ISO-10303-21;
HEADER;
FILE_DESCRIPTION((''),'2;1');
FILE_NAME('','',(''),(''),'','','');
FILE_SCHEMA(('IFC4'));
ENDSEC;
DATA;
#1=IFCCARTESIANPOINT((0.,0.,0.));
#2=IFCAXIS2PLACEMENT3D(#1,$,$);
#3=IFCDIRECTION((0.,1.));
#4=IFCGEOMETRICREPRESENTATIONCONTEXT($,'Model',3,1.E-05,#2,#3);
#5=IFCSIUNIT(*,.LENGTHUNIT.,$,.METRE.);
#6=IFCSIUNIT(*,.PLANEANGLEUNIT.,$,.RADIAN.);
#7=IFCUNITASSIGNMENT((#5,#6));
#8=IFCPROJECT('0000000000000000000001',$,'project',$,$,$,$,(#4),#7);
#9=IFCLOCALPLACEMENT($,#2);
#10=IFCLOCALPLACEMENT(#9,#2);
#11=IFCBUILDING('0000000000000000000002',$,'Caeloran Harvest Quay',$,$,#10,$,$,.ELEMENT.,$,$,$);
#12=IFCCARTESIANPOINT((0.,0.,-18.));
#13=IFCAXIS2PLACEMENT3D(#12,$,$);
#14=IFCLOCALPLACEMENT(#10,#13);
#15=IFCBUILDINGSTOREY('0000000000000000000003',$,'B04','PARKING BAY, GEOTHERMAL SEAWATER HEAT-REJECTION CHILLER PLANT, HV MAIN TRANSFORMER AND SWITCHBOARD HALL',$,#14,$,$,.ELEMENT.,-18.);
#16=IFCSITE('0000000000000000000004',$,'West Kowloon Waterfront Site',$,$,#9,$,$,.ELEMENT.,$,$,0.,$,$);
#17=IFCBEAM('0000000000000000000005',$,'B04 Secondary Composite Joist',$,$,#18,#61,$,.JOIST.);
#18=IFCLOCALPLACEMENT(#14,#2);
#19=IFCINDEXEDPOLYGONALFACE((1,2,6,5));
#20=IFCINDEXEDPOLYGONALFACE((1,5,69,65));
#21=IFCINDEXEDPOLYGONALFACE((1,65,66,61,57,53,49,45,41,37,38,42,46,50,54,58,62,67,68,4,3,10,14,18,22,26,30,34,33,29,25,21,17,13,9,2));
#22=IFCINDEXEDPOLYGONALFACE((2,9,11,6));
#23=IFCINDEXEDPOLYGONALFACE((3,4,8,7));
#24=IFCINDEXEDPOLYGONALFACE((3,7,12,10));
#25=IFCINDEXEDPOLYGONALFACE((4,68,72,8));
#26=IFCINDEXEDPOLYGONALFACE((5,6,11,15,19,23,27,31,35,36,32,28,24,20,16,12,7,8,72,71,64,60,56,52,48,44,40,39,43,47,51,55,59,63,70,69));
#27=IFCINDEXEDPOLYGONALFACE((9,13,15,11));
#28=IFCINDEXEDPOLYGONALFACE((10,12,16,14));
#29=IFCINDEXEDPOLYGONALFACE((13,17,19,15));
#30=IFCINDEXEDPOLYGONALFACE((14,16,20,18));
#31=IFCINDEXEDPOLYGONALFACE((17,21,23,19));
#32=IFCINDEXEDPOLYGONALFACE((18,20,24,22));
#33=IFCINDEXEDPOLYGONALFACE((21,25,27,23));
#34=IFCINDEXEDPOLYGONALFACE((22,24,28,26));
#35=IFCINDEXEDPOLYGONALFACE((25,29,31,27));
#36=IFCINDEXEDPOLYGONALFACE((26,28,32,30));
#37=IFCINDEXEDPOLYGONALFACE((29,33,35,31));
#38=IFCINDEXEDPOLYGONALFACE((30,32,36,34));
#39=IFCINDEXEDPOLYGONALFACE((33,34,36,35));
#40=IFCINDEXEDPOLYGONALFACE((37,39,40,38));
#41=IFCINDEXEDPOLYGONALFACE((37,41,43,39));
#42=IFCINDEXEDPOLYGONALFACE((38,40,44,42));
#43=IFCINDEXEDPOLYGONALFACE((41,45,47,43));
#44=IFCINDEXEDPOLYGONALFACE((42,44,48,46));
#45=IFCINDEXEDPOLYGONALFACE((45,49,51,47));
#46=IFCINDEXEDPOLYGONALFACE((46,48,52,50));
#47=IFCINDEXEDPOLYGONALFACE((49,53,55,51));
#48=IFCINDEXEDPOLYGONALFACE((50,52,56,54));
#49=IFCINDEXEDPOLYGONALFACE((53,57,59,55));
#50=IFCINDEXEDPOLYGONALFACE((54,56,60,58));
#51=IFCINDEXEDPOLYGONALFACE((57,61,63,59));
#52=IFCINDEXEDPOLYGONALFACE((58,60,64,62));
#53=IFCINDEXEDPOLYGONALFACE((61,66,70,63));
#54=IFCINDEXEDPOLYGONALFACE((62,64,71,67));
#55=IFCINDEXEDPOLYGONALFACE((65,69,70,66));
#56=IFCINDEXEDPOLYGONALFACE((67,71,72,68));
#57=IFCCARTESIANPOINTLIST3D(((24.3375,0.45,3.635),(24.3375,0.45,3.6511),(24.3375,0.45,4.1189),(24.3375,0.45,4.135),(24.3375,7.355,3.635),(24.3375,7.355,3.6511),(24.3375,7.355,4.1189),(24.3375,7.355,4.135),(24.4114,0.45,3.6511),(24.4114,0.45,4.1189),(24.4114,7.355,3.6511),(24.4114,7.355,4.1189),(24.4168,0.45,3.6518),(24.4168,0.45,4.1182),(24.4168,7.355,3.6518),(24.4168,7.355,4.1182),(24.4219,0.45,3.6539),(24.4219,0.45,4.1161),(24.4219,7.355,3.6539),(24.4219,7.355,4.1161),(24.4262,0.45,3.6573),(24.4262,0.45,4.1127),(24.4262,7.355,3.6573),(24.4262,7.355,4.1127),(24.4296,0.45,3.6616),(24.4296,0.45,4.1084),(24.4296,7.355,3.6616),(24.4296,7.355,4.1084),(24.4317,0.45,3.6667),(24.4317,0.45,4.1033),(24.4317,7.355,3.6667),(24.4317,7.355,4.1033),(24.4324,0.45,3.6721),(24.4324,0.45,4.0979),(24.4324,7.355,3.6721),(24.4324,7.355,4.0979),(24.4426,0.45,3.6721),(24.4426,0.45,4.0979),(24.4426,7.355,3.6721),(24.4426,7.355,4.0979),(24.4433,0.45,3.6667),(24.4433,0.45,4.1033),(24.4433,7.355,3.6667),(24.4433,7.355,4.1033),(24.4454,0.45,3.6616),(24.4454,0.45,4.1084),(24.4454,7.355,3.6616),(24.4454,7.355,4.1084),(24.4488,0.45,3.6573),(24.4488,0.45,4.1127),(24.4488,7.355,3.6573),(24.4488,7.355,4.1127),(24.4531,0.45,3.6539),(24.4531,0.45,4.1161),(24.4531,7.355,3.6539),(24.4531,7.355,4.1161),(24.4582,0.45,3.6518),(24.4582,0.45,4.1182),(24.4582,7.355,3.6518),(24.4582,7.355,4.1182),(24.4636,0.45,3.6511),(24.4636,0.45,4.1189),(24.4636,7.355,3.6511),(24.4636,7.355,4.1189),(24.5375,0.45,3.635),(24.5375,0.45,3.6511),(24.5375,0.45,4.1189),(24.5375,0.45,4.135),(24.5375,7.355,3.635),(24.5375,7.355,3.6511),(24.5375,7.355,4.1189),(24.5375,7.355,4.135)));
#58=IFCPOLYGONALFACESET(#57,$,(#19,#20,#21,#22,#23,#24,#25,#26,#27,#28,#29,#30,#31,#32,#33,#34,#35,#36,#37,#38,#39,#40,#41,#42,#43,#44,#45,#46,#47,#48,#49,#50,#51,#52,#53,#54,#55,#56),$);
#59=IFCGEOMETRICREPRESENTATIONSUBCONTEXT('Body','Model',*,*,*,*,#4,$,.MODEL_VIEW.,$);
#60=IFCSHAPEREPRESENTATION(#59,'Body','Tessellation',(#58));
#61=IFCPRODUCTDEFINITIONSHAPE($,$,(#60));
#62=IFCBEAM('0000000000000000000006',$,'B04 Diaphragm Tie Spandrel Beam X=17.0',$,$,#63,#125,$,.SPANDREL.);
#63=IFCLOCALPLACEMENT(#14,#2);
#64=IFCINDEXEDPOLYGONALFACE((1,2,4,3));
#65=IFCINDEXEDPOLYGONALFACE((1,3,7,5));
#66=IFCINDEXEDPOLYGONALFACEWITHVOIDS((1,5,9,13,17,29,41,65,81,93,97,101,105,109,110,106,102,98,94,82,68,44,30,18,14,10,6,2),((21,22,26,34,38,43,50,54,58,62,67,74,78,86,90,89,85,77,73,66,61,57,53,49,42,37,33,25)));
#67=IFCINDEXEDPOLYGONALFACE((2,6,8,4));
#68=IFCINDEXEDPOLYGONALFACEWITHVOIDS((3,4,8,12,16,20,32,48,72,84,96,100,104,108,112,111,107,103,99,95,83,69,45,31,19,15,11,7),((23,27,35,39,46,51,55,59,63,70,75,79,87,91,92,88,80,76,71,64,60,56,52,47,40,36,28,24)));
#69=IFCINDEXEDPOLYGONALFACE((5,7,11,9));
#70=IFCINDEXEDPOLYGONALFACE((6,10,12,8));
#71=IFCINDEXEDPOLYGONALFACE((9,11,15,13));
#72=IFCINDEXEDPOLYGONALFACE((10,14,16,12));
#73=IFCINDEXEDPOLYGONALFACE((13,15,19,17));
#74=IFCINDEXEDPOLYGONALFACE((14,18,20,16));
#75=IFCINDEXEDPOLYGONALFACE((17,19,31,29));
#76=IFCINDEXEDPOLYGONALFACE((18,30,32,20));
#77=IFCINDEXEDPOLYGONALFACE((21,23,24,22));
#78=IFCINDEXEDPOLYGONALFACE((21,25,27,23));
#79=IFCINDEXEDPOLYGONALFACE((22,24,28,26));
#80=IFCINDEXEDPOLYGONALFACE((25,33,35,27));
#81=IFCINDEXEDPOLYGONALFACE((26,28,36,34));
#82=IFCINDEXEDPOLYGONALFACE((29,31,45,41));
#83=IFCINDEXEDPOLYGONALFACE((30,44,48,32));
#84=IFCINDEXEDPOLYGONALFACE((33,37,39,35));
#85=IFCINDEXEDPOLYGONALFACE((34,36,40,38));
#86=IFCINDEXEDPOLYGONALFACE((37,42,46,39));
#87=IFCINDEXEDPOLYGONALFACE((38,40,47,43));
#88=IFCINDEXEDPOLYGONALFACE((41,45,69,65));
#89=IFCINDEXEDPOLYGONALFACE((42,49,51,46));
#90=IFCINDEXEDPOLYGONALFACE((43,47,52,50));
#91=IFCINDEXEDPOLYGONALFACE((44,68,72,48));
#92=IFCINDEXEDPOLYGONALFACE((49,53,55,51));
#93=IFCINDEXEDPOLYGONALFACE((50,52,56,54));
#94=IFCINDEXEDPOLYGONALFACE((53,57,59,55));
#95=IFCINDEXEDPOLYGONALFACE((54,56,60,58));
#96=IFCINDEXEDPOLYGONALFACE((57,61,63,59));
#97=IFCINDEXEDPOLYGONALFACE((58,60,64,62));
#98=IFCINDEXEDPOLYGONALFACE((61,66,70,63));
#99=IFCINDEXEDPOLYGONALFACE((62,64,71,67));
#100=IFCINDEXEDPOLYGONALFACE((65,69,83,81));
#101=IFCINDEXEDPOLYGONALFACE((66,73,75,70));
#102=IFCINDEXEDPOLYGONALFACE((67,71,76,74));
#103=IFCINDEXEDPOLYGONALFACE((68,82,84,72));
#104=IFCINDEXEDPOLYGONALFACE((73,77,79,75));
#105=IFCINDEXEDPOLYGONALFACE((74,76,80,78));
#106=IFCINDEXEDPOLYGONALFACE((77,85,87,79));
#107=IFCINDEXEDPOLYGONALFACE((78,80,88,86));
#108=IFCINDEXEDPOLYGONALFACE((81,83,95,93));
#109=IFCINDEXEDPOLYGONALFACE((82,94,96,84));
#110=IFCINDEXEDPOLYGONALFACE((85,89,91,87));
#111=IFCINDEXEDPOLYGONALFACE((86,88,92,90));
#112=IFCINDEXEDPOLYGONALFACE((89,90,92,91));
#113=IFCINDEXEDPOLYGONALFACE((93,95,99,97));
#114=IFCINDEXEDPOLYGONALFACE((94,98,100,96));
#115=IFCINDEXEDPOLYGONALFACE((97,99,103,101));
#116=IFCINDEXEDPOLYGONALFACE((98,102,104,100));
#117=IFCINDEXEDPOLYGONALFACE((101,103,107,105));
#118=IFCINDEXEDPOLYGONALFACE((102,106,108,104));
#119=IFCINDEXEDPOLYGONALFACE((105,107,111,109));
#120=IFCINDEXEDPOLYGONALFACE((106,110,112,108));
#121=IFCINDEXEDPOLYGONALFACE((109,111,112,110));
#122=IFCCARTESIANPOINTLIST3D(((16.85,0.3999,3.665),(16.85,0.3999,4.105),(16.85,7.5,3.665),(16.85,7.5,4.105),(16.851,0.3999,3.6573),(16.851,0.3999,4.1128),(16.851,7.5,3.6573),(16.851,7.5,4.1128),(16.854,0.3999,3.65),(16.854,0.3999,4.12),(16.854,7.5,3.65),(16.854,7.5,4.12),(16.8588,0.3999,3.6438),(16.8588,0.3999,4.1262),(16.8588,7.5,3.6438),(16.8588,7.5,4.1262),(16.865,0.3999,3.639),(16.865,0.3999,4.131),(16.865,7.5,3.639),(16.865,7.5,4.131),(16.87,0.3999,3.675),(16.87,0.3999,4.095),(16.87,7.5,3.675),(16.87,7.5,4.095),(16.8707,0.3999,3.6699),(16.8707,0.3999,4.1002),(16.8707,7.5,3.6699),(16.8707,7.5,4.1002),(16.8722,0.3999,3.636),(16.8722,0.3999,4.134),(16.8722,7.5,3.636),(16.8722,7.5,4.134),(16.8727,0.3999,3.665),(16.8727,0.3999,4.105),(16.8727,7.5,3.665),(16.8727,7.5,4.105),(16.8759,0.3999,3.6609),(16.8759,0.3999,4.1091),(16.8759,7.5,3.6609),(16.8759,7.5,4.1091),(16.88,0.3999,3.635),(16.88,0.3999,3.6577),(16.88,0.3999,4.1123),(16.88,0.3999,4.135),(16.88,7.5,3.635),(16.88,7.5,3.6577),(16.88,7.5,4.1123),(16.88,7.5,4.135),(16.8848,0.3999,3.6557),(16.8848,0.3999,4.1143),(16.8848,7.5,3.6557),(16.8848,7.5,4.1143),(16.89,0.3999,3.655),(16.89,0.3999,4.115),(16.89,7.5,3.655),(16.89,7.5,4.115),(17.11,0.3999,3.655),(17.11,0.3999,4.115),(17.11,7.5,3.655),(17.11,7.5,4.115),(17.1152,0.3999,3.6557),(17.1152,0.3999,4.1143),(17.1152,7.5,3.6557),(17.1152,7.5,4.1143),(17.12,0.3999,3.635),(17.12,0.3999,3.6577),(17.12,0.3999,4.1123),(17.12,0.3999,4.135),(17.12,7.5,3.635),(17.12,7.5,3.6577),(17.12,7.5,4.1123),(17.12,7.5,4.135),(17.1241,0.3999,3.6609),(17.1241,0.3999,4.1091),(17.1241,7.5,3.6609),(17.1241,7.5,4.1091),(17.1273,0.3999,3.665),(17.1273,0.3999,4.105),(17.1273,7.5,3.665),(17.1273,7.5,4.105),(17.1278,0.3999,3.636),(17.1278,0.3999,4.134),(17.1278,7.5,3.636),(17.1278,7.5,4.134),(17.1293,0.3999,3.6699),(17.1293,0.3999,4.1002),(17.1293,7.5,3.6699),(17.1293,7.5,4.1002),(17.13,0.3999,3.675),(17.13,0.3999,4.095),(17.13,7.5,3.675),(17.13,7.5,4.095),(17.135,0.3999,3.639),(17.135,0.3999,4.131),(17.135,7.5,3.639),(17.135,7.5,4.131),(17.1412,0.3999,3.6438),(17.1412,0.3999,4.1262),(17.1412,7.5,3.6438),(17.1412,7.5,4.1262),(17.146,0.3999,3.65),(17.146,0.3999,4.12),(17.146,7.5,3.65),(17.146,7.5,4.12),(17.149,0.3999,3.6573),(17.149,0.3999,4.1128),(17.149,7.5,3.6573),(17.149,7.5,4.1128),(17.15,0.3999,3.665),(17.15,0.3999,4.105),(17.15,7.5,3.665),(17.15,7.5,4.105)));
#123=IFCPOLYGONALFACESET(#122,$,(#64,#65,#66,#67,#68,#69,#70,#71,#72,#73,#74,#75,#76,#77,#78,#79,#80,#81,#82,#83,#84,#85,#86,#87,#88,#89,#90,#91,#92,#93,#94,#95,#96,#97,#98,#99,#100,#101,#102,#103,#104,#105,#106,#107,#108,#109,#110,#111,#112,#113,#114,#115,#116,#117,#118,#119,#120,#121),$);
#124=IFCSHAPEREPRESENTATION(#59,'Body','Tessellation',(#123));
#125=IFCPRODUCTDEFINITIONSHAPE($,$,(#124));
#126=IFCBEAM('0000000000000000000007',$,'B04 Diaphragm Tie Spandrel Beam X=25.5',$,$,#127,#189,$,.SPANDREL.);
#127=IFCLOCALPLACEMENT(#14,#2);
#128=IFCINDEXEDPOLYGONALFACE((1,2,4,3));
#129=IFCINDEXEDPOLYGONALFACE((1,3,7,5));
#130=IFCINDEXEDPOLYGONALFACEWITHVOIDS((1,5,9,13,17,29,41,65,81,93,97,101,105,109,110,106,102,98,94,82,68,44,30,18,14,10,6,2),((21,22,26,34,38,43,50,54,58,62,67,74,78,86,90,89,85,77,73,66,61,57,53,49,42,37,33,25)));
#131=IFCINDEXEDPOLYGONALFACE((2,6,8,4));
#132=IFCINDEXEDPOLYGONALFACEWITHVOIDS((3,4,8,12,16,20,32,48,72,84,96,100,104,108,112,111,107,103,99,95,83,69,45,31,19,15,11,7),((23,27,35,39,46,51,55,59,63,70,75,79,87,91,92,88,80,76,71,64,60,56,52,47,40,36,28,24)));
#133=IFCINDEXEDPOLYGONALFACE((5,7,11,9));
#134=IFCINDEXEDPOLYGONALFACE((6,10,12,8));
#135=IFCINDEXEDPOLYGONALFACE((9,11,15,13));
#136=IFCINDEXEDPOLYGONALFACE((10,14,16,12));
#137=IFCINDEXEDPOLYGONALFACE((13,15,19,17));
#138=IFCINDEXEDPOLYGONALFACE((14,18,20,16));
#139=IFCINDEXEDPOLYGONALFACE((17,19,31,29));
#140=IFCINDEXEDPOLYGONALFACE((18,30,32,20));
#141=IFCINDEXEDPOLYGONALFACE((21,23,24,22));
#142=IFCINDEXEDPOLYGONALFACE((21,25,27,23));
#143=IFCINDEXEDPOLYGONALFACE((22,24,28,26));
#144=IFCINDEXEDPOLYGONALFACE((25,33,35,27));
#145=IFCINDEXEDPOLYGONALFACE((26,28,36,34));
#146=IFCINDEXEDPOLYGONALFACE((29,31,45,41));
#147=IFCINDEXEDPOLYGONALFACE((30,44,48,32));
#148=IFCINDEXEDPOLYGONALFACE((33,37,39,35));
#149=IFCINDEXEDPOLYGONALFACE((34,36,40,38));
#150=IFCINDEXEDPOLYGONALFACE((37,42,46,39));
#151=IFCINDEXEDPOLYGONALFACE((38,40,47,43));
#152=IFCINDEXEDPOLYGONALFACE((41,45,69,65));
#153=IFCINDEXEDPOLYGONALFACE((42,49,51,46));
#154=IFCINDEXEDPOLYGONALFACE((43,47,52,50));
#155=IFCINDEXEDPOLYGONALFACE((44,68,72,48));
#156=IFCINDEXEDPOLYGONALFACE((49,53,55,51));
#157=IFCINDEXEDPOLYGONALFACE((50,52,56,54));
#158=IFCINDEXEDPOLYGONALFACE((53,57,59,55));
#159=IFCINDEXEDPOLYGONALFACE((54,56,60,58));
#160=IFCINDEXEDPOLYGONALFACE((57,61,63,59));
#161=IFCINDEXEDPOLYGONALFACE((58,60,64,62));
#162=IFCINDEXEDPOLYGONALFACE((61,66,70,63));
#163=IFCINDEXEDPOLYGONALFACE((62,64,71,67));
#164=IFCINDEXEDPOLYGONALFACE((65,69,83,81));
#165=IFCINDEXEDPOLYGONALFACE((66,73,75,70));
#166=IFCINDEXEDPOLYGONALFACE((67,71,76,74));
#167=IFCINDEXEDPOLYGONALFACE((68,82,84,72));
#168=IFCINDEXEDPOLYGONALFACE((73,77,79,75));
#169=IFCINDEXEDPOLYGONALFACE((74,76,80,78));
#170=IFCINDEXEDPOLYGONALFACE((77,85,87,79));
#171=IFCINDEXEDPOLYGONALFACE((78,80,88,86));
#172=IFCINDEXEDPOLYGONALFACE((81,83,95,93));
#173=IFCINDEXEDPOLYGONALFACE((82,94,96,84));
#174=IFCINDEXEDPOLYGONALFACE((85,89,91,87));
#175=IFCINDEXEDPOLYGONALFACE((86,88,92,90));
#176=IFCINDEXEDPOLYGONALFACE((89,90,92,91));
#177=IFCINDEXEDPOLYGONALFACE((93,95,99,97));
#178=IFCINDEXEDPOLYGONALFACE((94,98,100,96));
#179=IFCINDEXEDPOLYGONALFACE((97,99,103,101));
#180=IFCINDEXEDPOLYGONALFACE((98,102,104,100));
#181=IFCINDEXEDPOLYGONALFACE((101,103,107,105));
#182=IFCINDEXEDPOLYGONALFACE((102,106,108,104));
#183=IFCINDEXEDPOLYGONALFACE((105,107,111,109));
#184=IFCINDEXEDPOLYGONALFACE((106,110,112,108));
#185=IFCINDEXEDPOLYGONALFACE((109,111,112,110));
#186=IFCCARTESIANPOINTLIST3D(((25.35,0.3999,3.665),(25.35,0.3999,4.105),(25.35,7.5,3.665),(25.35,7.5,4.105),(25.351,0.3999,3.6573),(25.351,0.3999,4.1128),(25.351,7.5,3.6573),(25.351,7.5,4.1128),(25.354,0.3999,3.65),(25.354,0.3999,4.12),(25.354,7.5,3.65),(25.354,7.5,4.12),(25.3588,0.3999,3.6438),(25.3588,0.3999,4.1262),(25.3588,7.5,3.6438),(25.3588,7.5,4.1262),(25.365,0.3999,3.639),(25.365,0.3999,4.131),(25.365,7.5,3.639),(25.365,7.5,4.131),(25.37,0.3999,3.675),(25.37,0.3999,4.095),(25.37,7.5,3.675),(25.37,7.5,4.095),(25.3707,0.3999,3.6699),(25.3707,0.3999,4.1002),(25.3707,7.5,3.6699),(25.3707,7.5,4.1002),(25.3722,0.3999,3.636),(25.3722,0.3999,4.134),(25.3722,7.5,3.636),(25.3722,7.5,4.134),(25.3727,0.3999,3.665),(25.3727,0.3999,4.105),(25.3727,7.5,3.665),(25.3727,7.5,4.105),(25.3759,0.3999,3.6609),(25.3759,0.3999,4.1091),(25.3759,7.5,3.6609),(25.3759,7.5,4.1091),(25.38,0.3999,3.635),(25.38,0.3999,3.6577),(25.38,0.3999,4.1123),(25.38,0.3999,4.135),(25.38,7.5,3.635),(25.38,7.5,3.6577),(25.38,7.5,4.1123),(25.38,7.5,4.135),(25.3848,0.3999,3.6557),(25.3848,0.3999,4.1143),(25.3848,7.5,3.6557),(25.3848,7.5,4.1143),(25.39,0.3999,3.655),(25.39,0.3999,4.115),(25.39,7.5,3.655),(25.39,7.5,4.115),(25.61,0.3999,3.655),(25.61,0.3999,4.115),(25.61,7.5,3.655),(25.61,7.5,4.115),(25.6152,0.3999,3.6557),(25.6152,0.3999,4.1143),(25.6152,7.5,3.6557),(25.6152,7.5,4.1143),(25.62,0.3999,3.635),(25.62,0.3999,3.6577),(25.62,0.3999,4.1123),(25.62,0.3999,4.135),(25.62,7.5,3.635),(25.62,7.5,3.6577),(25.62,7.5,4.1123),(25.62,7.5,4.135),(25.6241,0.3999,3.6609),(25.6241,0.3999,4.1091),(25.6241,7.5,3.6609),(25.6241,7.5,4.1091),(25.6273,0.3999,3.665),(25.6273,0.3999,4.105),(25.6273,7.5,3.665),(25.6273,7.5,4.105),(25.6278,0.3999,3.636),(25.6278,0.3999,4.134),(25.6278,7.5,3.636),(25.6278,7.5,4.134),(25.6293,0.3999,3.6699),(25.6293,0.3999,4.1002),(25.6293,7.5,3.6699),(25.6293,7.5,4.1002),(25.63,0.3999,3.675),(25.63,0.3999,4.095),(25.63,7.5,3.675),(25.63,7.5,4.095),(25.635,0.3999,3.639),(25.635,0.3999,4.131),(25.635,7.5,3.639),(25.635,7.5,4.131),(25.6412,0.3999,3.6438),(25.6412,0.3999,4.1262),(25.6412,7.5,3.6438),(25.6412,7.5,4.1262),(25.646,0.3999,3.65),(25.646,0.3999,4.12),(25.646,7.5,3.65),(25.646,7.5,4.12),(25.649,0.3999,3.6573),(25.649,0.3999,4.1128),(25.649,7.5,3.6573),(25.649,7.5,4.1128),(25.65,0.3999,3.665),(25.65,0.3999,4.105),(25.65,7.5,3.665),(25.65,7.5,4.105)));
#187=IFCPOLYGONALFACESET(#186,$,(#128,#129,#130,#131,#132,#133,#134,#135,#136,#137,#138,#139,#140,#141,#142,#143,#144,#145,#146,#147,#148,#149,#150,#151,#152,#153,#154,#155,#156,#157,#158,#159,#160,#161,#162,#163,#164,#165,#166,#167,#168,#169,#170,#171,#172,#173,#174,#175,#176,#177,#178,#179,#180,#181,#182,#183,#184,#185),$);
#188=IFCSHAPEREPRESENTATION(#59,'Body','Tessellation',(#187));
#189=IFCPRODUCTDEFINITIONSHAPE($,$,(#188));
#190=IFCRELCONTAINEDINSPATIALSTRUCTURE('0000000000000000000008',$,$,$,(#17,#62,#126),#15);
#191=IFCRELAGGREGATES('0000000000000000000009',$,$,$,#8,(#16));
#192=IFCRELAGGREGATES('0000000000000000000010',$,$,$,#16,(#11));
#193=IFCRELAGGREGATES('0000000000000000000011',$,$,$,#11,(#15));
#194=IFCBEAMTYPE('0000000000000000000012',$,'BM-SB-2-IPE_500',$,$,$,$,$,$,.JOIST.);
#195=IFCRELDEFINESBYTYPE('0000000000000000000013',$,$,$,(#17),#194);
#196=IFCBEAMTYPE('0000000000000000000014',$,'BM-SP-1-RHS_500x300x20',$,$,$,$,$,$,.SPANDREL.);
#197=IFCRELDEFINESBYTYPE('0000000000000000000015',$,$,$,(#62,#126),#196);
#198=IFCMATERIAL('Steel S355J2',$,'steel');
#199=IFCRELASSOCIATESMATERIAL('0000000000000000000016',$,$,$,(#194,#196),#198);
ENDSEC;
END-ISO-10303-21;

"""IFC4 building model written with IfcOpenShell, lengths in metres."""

from ifc_helpers import new_model, si_unit, direction, frame, origin, origin_2d, place, context, subcontext, project, spatial, hollow_rectangle, i_section, extrude, material, material_profile, profile_set, type_object, element, save


model = new_model("IFC4")

# Units and contexts
model_context = context("Model", 3, precision=1e-05, world=origin(), true_north=direction((0.0, 1.0)))
body_context = subcontext(model_context, "Body", "Model", "MODEL_VIEW")
ifc_project = project(units=[si_unit("LENGTHUNIT", "METRE"), si_unit("PLANEANGLEUNIT", "RADIAN")], contexts=[model_context])

# Site, building, storey
site_placement = place(None, origin())
site = spatial("IfcSite", under=ifc_project, at=site_placement, Name="West Kowloon Waterfront Site", CompositionType="ELEMENT", RefElevation=0.0)
building_placement = place(site_placement, origin())
building = spatial("IfcBuilding", under=site, at=building_placement, Name="Caeloran Harvest Quay", CompositionType="ELEMENT")
storey_placement = place(building_placement, frame((0.0, 0.0, -18.0)))
storey = spatial("IfcBuildingStorey", under=building, at=storey_placement, Name="B04", Description="PARKING BAY, GEOTHERMAL SEAWATER HEAT-REJECTION CHILLER PLANT, HV MAIN TRANSFORMER AND SWITCHBOARD HALL", CompositionType="ELEMENT", Elevation=-18.0)

# Beams
ifc_material_1 = material(Name="Steel S355J2", Category="steel")
ifc_material_profile_1 = material_profile(ifc_material_1, i_section(OverallWidth=0.2, OverallDepth=0.5, WebThickness=0.0103, FlangeThickness=0.0161, FilletRadius=0.021, at=origin_2d()), Name="IPE 500")
ifc_profile_set_1 = profile_set([ifc_material_profile_1], Name="Steel S355J2")
beam_type_1 = type_object("IfcBeamType", Name="BM-SB-2-IPE_500", PredefinedType="JOIST", material=ifc_profile_set_1)
for number, where, z_axis, x_axis, name in (
    (1, (24.4375, 0.45, 3.885), (0.0, 1.0, 0.0), (-1.0, 0.0, 0.0), "B04 Secondary Composite Joist"),
):
    element("IfcBeam", number, at=place(storey_placement, frame(where, z_axis=z_axis, x_axis=x_axis)), inside=storey, type_object=beam_type_1, Name=name, PredefinedType="JOIST", context=body_context, shape_type="SweptSolid", body=[
        extrude(i_section(OverallWidth=0.2, OverallDepth=0.5, WebThickness=0.0103, FlangeThickness=0.0161, FilletRadius=0.021, at=origin_2d()), origin(), (0.0, 0.0, 1.0), 6.905),
    ])
ifc_material_profile_2 = material_profile(ifc_material_1, hollow_rectangle(XDim=0.3, YDim=0.5, WallThickness=0.02, InnerFilletRadius=0.02, OuterFilletRadius=0.03, at=origin_2d()), Name="RHS 500x300x20")
ifc_profile_set_2 = profile_set([ifc_material_profile_2], Name="Steel S355J2")
beam_type_2 = type_object("IfcBeamType", Name="BM-SP-1-RHS_500x300x20", PredefinedType="SPANDREL", material=ifc_profile_set_2)
for number, where, z_axis, x_axis, name in (
    (2, (17.0, 0.3999, 3.885), (0.0, 1.0, 0.0), (-1.0, 0.0, 0.0), "B04 Diaphragm Tie Spandrel Beam X=17.0"),
    (3, (25.5, 0.3999, 3.885), (0.0, 1.0, 0.0), (-1.0, 0.0, 0.0), "B04 Diaphragm Tie Spandrel Beam X=25.5"),
):
    element("IfcBeam", number, at=place(storey_placement, frame(where, z_axis=z_axis, x_axis=x_axis)), inside=storey, type_object=beam_type_2, Name=name, PredefinedType="SPANDREL", context=body_context, shape_type="SweptSolid", body=[
        extrude(hollow_rectangle(XDim=0.3, YDim=0.5, WallThickness=0.02, InnerFilletRadius=0.02, OuterFilletRadius=0.03, at=origin_2d()), origin(), (0.0, 0.0, 1.0), 7.1001),
    ])

save(model, "model.ifc")
